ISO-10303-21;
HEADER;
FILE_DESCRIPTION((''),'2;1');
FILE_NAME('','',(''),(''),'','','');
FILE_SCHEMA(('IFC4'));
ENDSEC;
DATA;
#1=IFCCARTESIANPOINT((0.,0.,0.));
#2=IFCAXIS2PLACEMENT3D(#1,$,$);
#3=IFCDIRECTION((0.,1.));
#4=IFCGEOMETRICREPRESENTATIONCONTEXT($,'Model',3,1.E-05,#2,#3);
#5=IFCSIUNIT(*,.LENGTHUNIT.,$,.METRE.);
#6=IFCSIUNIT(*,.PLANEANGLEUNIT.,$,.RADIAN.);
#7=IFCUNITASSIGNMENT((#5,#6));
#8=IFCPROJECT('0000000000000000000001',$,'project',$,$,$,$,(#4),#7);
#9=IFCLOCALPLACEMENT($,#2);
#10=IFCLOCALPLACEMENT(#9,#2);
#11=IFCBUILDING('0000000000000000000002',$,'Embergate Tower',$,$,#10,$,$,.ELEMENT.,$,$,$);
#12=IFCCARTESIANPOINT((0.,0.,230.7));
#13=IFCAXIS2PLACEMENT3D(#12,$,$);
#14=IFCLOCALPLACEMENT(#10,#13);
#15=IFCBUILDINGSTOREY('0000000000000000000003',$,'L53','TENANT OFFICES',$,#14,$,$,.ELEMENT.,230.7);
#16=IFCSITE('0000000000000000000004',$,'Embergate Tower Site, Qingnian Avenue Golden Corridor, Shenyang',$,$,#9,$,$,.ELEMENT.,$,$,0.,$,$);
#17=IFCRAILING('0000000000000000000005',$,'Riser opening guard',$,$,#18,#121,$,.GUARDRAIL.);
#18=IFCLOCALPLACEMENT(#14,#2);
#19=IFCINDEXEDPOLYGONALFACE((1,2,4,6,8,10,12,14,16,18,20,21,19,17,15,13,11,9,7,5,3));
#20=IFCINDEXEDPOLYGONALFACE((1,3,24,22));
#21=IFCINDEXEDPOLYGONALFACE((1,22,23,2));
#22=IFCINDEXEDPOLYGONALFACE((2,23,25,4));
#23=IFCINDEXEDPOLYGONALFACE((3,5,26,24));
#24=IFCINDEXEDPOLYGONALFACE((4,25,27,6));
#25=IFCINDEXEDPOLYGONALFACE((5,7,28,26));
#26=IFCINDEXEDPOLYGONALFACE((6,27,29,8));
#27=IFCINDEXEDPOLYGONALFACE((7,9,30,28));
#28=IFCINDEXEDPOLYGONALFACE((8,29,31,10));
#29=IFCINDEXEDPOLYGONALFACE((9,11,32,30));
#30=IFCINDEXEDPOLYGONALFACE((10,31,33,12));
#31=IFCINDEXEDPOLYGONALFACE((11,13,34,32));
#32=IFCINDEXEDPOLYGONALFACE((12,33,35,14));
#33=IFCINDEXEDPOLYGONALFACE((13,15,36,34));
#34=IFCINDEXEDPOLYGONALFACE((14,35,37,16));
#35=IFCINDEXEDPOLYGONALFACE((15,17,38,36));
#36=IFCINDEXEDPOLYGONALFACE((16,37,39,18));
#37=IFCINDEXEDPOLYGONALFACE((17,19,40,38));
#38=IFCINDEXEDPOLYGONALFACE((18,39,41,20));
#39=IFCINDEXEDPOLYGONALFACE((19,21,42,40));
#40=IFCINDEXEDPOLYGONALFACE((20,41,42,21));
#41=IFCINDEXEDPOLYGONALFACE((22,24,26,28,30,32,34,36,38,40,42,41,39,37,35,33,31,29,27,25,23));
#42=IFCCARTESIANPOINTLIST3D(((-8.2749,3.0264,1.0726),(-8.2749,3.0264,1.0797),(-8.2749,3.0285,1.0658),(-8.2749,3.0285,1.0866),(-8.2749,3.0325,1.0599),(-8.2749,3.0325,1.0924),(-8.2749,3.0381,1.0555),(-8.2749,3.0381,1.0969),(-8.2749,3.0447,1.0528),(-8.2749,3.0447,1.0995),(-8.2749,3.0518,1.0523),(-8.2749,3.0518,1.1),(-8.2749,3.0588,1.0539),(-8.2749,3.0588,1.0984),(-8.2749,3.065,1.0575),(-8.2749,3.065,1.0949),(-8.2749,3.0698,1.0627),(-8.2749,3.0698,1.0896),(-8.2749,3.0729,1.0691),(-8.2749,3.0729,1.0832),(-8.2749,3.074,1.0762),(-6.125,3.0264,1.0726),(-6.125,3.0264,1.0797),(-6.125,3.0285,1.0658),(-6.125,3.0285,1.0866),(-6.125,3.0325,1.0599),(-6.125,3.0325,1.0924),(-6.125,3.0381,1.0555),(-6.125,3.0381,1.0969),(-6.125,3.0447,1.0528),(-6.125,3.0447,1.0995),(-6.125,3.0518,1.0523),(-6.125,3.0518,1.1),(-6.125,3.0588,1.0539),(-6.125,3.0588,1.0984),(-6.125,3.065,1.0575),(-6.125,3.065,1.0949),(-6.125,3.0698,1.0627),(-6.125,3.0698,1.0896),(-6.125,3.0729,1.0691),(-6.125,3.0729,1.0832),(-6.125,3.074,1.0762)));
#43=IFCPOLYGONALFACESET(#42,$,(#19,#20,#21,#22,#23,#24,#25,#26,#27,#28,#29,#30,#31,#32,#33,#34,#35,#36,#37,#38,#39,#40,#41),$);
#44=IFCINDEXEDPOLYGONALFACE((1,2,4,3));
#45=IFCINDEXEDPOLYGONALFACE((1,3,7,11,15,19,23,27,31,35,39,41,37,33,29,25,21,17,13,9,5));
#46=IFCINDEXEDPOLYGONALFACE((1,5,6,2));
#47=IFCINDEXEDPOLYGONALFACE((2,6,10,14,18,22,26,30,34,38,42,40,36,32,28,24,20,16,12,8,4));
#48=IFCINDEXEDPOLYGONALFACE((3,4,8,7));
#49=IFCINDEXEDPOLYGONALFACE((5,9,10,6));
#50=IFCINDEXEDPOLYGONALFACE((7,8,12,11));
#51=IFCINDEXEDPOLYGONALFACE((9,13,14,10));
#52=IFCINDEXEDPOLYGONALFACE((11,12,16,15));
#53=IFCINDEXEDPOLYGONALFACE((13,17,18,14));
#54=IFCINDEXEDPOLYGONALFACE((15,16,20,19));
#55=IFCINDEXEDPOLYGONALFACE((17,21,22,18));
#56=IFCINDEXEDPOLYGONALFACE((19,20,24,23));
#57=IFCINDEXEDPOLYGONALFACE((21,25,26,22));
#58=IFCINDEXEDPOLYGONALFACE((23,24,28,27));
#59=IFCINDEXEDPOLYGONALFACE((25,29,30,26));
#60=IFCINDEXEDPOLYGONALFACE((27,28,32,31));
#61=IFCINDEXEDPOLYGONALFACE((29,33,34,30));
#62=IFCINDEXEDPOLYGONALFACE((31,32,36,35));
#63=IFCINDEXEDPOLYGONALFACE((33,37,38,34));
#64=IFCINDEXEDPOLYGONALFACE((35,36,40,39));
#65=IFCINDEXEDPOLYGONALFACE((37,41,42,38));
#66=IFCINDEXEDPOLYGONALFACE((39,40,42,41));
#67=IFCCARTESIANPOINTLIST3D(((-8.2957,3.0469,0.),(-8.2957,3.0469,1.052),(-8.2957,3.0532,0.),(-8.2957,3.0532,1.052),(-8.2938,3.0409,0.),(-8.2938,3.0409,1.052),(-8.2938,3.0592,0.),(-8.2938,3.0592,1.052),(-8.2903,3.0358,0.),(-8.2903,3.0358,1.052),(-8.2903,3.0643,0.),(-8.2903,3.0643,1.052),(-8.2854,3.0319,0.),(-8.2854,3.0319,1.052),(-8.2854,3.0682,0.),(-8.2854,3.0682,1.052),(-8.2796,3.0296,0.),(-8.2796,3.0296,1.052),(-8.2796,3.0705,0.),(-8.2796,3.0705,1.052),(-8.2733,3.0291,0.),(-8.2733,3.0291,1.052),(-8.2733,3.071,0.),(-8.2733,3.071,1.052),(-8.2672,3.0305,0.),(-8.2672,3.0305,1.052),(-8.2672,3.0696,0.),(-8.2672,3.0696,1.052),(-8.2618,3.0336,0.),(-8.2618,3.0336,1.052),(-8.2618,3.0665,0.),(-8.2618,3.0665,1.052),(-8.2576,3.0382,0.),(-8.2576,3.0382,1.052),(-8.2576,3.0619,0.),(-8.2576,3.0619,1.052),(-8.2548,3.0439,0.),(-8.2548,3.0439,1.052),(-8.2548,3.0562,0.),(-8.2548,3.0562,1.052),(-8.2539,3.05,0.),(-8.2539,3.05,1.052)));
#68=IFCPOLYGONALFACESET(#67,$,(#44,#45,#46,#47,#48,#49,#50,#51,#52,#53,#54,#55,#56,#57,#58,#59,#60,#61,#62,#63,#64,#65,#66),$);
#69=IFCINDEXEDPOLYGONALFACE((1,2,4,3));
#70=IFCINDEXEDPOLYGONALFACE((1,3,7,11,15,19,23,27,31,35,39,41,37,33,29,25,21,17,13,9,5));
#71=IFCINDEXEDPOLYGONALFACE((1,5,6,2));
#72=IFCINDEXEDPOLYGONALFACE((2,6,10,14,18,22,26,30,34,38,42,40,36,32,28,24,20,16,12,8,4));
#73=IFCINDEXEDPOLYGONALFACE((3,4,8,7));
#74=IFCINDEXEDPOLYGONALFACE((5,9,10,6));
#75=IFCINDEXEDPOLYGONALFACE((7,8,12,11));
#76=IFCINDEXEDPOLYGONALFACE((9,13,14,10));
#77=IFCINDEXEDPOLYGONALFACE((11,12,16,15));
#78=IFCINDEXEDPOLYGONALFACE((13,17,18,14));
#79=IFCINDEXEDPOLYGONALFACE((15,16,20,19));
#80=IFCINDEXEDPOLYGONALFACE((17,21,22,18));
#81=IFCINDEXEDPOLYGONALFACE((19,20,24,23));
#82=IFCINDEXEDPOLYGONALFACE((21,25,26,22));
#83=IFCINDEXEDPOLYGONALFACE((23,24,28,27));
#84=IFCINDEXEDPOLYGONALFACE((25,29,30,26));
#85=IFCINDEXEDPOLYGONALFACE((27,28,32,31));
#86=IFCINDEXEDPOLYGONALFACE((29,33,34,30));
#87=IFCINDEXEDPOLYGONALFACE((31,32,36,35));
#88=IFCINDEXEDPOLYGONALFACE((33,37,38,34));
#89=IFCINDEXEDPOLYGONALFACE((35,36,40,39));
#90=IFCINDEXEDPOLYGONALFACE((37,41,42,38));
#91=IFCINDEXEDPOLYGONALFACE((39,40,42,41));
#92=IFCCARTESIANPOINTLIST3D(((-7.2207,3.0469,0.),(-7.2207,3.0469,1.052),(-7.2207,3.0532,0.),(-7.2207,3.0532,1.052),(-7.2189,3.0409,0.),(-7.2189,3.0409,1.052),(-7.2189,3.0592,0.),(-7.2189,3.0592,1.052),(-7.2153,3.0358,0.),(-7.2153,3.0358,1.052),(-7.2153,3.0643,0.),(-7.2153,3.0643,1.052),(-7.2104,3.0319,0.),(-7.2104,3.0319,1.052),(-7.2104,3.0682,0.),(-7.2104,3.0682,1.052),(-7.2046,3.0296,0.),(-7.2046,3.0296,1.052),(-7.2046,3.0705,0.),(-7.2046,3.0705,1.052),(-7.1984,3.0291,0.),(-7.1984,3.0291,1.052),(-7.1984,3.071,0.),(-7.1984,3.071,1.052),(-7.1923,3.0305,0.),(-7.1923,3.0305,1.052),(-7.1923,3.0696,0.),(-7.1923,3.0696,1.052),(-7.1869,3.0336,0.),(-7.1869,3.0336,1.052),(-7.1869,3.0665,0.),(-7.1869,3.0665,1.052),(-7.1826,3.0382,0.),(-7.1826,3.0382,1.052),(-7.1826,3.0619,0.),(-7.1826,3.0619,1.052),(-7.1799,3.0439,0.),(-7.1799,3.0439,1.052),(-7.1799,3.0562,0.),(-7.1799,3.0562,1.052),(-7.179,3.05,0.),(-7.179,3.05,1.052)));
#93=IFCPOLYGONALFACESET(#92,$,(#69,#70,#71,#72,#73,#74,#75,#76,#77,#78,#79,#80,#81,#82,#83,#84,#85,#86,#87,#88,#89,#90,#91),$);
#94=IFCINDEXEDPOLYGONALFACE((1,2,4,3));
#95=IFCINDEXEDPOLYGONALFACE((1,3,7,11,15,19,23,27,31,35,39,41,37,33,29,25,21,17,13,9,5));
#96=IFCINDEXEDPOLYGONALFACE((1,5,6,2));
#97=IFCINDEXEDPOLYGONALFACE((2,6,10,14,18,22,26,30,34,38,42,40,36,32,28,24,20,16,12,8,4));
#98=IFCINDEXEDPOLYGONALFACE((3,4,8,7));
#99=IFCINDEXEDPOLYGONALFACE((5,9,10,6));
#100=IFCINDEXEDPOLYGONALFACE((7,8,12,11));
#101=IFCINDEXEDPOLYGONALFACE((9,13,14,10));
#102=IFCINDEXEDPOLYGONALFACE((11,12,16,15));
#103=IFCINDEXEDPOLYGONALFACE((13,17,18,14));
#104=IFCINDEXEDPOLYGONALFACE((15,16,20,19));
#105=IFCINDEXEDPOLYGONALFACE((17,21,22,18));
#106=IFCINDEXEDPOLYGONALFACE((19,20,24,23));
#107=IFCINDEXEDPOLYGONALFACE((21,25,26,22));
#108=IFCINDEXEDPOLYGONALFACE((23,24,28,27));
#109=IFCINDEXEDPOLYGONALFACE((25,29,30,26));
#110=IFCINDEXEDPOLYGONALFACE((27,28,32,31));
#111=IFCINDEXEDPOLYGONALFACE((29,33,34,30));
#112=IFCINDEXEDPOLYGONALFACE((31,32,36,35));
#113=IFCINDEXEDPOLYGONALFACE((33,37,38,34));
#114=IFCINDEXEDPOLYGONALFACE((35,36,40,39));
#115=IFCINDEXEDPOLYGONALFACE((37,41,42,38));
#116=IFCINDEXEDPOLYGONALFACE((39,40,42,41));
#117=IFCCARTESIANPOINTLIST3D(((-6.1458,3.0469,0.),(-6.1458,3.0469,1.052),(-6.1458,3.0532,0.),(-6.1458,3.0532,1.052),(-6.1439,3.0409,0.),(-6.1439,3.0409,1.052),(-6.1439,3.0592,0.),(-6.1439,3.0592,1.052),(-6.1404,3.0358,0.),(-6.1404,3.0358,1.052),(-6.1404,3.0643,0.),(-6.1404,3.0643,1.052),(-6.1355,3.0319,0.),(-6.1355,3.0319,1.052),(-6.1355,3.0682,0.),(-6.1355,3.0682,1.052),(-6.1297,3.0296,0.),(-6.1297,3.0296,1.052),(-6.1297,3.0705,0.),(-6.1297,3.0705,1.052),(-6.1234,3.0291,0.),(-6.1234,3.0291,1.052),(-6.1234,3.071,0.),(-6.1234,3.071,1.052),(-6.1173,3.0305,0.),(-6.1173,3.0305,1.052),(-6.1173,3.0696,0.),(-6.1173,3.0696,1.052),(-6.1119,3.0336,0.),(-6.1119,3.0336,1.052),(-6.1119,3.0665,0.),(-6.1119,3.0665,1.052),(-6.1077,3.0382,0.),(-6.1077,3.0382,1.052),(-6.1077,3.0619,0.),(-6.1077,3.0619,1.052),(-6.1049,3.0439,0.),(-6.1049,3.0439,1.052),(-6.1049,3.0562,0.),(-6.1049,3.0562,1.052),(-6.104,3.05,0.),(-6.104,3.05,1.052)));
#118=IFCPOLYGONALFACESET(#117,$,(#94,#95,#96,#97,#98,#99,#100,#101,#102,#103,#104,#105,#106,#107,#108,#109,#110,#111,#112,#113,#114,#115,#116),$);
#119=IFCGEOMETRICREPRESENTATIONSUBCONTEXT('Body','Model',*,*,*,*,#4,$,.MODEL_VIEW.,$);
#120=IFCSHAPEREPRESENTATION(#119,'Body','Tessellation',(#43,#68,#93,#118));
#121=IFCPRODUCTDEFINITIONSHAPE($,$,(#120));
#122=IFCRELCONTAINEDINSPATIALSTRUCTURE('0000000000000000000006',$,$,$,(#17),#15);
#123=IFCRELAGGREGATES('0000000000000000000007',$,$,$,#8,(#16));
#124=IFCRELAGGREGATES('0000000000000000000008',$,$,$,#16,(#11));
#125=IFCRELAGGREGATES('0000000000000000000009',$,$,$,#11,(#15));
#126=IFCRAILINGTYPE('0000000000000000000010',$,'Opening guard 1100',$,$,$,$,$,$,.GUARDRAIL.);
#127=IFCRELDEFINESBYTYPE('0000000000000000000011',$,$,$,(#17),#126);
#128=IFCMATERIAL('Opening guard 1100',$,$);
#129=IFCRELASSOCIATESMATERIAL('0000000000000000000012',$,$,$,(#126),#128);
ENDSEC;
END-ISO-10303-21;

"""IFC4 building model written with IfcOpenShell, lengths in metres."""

from ifc_helpers import new_model, si_unit, direction, frame, origin, origin_2d, place, context, subcontext, project, spatial, circle, extrude, source, transform, mapped, material, type_object, element, save


model = new_model("IFC4")

# Units and contexts
model_context = context("Model", 3, precision=1e-05, world=origin(), true_north=direction((0.0, 1.0)))
body_context = subcontext(model_context, "Body", "Model", "MODEL_VIEW")
ifc_project = project(units=[si_unit("LENGTHUNIT", "METRE"), si_unit("PLANEANGLEUNIT", "RADIAN")], contexts=[model_context])

# Site, building, storey
site_placement = place(None, origin())
site = spatial("IfcSite", under=ifc_project, at=site_placement, Name="Embergate Tower Site, Qingnian Avenue Golden Corridor, Shenyang", CompositionType="ELEMENT", RefElevation=0.0)
building_placement = place(site_placement, origin())
building = spatial("IfcBuilding", under=site, at=building_placement, Name="Embergate Tower", CompositionType="ELEMENT")
storey_placement = place(building_placement, frame((0.0, 0.0, 230.7)))
storey = spatial("IfcBuildingStorey", under=building, at=storey_placement, Name="L53", Description="TENANT OFFICES", CompositionType="ELEMENT", Elevation=230.7)

# Railing
ifc_material_1 = material(Name="Opening guard 1100")
railing_type_1 = type_object("IfcRailingType", Name="Opening guard 1100", PredefinedType="GUARDRAIL", material=ifc_material_1)
shared_shape_1 = source(origin(), body_context, "Body", "SweptSolid", [
    extrude(circle(Radius=0.0239, at=origin_2d()), frame((0.0, 0.0, 1.0762), z_axis=(1.0, 0.0, 0.0), x_axis=(0.0, 1.0, 0.0)), (0.0, 0.0, 1.0), 2.1499),
    extrude(circle(Radius=0.021, at=origin_2d()), origin(), (0.0, 0.0, 1.0), 1.052),
    extrude(circle(Radius=0.021, at=origin_2d()), frame((1.075, 0.0, 0.0)), (0.0, 0.0, 1.0), 1.052),
    extrude(circle(Radius=0.021, at=origin_2d()), frame((2.1499, 0.0, 0.0)), (0.0, 0.0, 1.0), 1.052),
])
railing_1_placement = place(storey_placement, frame((-8.2749, 3.05, 0.0)))
element("IfcRailing", 1, at=railing_1_placement, inside=storey, type_object=railing_type_1, Name="Riser opening guard", PredefinedType="GUARDRAIL", context=body_context, shape_type="MappedRepresentation", body=[
    mapped(shared_shape_1, transform((0.0, 0.0, 0.0))),
])

save(model, "model.ifc")
